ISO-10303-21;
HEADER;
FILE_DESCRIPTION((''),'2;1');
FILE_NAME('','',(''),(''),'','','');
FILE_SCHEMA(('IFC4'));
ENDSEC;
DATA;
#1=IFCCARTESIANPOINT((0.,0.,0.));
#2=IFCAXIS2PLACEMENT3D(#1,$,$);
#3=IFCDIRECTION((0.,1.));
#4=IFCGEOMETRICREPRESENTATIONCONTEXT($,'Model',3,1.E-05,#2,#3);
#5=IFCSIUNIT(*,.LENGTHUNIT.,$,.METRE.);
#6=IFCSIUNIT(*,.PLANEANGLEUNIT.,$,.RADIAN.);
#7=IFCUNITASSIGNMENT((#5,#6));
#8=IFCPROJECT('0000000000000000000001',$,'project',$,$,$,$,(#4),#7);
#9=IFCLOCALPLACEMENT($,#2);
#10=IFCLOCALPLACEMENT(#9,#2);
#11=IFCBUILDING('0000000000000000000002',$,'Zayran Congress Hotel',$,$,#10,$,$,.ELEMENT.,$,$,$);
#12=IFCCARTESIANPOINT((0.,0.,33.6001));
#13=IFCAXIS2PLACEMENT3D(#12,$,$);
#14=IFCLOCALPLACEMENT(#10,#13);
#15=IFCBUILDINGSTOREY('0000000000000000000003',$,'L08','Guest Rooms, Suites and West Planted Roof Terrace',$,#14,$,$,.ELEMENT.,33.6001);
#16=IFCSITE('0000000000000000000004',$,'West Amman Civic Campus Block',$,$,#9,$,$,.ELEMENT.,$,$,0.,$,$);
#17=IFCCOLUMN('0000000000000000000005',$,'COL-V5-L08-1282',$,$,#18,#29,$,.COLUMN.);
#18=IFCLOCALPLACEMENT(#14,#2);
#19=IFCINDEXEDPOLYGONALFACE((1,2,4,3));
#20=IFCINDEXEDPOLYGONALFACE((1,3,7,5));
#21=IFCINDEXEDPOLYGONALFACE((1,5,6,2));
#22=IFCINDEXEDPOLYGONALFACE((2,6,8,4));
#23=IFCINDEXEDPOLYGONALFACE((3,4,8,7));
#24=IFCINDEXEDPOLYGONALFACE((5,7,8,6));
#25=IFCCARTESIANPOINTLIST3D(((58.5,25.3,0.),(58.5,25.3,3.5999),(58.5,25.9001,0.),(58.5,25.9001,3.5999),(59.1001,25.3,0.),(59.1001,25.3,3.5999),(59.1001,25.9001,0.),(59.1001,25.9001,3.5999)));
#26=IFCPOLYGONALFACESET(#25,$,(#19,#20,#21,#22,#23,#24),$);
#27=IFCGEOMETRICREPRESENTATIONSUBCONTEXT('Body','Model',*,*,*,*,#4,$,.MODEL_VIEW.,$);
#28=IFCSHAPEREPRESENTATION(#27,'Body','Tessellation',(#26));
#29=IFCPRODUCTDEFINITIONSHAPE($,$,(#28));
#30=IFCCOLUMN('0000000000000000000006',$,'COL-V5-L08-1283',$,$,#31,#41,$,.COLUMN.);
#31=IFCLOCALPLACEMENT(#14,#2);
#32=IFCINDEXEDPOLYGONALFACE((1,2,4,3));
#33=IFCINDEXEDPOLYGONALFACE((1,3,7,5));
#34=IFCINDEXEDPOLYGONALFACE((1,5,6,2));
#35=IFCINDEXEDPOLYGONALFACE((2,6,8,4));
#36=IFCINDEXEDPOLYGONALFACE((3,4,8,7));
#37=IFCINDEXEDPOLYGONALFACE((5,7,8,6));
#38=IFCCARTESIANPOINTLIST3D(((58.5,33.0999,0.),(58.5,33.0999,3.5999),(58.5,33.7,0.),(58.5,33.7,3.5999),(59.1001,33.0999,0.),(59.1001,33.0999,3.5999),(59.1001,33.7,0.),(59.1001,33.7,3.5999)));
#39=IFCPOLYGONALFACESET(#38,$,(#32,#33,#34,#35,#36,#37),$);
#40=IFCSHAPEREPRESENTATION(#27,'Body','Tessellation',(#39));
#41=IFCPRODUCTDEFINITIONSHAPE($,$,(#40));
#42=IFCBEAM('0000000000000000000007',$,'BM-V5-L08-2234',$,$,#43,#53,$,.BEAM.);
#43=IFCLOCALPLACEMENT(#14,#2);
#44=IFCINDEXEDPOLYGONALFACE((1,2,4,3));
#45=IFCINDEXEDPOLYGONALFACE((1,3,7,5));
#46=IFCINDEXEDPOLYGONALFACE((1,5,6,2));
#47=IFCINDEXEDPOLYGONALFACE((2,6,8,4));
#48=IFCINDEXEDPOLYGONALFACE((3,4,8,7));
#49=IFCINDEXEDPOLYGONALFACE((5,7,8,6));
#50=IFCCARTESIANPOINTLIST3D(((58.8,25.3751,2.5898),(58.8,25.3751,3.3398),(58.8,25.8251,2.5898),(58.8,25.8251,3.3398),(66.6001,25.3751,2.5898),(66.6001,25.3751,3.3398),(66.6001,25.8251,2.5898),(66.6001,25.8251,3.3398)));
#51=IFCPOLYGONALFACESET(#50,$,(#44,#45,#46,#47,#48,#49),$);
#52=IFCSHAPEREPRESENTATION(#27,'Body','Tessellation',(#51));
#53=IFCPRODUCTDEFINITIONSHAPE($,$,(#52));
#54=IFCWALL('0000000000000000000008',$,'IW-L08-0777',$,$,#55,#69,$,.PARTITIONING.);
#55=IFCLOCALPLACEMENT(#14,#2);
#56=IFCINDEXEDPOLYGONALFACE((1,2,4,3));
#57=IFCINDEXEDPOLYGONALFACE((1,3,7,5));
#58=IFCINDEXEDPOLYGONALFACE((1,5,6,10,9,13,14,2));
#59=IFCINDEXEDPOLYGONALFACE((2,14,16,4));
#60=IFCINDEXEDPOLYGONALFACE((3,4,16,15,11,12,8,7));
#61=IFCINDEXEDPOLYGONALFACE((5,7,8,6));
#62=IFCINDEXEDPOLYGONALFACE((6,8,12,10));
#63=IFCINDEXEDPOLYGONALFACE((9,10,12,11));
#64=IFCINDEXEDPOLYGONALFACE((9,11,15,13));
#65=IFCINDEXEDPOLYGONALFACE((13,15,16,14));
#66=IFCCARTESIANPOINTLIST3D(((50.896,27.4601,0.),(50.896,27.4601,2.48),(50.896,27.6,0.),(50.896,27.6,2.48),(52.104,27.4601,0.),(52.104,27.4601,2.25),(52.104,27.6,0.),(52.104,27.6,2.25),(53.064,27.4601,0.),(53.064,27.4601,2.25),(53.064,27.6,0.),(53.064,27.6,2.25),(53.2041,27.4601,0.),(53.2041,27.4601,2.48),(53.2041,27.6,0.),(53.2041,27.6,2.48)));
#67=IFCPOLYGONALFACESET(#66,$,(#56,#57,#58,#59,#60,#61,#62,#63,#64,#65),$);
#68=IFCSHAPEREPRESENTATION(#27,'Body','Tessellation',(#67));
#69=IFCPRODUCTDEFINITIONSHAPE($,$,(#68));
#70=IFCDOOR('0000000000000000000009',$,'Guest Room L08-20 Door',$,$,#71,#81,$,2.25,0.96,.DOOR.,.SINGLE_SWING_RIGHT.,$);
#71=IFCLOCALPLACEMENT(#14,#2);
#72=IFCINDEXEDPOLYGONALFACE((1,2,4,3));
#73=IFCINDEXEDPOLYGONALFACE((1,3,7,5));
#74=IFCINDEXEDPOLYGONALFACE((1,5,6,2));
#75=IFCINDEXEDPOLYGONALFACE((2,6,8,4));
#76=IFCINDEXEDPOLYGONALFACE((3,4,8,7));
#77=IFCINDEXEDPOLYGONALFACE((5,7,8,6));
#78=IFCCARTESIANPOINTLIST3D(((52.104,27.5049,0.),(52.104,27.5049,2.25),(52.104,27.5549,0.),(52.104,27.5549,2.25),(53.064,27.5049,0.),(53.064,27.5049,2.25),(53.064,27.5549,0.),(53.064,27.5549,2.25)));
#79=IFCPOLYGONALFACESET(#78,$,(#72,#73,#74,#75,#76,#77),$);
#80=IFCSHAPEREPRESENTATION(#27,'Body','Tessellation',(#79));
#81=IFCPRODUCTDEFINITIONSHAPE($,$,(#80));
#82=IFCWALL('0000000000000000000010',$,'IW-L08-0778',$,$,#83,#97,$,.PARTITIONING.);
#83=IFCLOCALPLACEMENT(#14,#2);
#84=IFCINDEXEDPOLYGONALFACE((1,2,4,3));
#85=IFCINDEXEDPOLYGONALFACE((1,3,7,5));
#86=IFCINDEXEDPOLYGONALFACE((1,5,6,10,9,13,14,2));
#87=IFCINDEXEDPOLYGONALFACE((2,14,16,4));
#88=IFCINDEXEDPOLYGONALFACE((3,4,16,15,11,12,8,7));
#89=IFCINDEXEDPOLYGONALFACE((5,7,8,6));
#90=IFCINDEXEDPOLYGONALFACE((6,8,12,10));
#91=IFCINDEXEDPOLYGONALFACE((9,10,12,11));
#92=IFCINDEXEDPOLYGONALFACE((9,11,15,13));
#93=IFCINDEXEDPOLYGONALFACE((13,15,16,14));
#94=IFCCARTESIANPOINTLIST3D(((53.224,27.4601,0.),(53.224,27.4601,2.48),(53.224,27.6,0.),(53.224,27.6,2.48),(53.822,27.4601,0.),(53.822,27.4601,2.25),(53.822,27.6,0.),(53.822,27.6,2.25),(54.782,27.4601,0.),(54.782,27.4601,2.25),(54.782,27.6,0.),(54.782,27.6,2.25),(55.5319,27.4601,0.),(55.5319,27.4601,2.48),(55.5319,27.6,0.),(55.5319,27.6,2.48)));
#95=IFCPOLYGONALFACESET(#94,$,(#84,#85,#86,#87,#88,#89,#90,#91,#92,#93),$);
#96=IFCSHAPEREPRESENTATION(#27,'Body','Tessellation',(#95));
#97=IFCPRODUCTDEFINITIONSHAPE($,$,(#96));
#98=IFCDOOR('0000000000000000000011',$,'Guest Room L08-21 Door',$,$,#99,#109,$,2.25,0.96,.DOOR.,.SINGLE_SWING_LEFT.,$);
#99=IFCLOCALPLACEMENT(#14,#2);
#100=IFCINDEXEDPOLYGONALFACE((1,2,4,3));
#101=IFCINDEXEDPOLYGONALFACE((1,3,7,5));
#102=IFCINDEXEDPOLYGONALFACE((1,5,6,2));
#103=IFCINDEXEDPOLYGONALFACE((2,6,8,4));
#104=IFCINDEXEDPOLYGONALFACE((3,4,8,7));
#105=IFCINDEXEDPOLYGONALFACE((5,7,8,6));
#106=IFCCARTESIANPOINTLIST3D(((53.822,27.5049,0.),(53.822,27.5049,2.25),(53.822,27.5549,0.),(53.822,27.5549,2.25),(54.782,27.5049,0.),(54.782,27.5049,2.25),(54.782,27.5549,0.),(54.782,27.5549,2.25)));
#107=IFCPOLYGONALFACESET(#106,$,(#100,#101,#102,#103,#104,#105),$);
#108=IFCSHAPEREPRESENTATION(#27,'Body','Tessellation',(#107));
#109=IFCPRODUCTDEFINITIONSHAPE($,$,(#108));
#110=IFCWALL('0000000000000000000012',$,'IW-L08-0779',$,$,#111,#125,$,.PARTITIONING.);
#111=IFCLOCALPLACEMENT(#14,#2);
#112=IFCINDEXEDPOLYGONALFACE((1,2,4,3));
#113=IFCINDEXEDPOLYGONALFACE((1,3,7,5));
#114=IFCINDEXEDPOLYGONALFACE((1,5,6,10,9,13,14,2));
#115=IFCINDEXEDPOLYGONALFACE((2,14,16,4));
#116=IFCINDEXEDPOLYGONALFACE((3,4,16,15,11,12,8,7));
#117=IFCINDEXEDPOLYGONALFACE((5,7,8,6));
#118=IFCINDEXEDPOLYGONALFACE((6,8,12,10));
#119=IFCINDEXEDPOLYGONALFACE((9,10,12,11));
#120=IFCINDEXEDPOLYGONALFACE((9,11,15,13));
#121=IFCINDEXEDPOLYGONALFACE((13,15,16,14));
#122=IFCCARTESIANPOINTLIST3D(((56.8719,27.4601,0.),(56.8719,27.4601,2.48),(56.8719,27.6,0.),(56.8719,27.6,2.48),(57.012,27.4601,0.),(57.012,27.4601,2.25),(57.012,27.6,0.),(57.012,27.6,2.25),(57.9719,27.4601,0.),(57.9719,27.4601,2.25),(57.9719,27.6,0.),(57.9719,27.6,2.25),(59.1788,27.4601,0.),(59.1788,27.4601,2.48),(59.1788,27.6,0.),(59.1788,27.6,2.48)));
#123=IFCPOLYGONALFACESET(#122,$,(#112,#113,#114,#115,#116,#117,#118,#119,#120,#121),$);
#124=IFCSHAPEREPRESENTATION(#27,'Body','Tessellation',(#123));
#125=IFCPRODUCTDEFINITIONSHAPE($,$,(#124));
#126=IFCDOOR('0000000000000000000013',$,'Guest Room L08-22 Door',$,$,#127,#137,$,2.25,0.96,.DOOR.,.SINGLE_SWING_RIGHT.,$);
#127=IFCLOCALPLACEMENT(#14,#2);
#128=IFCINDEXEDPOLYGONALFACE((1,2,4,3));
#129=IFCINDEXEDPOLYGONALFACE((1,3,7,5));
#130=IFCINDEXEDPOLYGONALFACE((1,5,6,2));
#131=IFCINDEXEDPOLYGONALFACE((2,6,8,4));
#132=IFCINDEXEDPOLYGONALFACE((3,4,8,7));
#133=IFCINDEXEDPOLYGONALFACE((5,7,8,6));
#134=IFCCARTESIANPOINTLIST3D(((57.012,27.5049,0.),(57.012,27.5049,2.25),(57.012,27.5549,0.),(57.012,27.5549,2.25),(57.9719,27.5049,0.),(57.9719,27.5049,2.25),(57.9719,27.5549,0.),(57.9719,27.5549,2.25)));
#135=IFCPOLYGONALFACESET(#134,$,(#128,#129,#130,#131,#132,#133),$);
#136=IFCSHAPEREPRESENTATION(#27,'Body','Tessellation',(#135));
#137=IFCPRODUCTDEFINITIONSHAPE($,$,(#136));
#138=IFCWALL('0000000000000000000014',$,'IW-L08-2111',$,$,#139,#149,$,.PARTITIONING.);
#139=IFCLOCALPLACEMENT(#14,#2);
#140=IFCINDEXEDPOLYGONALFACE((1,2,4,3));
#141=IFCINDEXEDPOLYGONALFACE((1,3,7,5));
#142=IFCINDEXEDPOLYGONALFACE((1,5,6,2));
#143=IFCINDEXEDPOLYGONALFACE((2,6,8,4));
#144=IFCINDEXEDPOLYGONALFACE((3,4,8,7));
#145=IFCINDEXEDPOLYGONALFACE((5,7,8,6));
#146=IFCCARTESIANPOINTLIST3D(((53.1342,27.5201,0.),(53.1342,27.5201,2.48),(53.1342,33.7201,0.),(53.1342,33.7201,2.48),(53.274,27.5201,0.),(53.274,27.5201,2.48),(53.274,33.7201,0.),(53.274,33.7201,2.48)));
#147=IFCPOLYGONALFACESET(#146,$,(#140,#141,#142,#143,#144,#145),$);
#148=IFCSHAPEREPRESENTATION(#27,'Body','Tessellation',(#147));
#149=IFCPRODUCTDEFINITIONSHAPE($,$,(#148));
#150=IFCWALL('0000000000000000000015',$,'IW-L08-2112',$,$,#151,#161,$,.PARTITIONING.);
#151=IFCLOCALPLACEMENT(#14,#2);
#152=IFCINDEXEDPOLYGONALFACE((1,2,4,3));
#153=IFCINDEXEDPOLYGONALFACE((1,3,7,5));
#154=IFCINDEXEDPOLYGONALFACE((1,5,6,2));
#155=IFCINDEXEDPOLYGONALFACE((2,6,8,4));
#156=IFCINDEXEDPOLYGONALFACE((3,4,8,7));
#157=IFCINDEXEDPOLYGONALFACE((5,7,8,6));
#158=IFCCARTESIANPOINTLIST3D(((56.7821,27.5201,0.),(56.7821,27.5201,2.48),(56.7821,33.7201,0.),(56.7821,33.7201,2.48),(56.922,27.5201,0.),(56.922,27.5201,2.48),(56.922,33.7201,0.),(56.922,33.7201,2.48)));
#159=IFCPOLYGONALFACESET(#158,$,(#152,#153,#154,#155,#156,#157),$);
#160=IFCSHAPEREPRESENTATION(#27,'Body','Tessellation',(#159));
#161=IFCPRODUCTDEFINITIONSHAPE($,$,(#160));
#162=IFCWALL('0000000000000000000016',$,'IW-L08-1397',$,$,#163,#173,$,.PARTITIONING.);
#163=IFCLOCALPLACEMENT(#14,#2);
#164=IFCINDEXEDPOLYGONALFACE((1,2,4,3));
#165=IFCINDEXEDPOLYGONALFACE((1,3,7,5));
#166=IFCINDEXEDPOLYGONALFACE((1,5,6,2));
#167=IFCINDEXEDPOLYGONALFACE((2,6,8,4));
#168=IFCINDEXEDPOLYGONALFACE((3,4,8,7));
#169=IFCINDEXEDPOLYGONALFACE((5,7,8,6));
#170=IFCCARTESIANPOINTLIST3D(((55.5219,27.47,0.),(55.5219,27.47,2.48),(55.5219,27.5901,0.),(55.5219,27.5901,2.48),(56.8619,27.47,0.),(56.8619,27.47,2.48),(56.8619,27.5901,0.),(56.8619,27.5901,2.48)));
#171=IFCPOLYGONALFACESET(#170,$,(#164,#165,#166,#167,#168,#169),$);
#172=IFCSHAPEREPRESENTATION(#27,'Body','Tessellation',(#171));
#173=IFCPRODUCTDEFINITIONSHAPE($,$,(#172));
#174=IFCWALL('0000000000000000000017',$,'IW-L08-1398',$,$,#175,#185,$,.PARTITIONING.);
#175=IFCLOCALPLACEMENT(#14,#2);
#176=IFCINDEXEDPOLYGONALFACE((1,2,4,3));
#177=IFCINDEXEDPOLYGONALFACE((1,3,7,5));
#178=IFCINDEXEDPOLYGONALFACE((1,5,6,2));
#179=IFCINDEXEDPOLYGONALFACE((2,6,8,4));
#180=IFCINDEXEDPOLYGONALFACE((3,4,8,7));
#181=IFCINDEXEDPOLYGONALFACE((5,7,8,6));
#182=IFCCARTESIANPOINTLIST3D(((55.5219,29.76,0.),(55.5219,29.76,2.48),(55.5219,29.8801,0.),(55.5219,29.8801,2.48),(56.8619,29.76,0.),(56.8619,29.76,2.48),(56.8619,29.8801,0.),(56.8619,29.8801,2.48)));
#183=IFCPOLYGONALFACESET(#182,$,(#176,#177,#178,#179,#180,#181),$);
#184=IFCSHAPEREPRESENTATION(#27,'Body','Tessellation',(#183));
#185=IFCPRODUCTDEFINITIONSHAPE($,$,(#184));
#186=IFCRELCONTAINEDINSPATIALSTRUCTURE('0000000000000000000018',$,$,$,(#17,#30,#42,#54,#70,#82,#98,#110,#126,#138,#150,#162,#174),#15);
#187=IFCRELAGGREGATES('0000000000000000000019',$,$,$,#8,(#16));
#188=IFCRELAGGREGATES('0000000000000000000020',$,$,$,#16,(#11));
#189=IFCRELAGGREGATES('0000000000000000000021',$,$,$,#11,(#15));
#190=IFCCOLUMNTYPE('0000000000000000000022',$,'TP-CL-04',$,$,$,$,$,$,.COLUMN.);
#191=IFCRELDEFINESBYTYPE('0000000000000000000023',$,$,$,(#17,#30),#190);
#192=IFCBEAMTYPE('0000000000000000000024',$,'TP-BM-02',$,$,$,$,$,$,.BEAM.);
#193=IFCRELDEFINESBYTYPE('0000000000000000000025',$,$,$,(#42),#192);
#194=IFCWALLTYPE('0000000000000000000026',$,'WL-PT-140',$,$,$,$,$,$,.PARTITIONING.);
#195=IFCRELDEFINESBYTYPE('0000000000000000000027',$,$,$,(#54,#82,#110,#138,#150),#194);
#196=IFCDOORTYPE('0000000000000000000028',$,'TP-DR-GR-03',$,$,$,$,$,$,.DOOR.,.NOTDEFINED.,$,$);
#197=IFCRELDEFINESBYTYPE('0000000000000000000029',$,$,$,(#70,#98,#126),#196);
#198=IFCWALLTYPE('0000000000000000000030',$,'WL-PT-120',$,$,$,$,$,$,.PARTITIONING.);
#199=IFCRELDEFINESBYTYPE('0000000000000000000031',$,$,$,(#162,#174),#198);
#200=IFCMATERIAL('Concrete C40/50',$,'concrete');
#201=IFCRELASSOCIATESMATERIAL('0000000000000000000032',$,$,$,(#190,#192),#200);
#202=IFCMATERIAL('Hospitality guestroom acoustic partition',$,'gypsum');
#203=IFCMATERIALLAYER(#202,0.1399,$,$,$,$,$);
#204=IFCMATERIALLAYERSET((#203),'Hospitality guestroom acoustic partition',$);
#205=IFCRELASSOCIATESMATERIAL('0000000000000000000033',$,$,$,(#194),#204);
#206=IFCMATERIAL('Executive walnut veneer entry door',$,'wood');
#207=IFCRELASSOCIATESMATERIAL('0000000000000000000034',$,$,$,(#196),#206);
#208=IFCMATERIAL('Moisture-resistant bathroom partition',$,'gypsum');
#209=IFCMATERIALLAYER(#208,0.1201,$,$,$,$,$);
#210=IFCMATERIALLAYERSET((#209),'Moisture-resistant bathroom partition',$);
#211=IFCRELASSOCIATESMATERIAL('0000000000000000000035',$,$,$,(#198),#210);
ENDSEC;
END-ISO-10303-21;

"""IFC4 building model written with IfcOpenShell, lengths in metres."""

from ifc_helpers import new_model, si_unit, direction, frame, frame_2d, origin, origin_2d, place, context, subcontext, project, spatial, rectangle, extrude, material, layer, layer_set, material_profile, profile_set, type_object, element, fill, save


model = new_model("IFC4")

# Units and contexts
model_context = context("Model", 3, precision=1e-05, world=origin(), true_north=direction((0.0, 1.0)))
body_context = subcontext(model_context, "Body", "Model", "MODEL_VIEW")
ifc_project = project(units=[si_unit("LENGTHUNIT", "METRE"), si_unit("PLANEANGLEUNIT", "RADIAN")], contexts=[model_context])

# Site, building, storey
site_placement = place(None, origin())
site = spatial("IfcSite", under=ifc_project, at=site_placement, Name="West Amman Civic Campus Block", CompositionType="ELEMENT", RefElevation=0.0)
building_placement = place(site_placement, origin())
building = spatial("IfcBuilding", under=site, at=building_placement, Name="Zayran Congress Hotel", CompositionType="ELEMENT")
storey_placement = place(building_placement, frame((0.0, 0.0, 33.6001)))
storey = spatial("IfcBuildingStorey", under=building, at=storey_placement, Name="L08", Description="Guest Rooms, Suites and West Planted Roof Terrace", CompositionType="ELEMENT", Elevation=33.6001)

# Columns
ifc_material_1 = material(Name="Concrete C40/50", Category="concrete")
ifc_material_profile_1 = material_profile(ifc_material_1, rectangle(XDim=0.6001, YDim=0.6001, at=origin_2d()), Name="RC 600x600")
ifc_profile_set_1 = profile_set([ifc_material_profile_1], Name="Concrete C40/50")
column_type = type_object("IfcColumnType", Name="TP-CL-04", PredefinedType="COLUMN", material=ifc_profile_set_1)
for number, where, z_axis, x_axis, name in (
    (1, (58.8, 25.6001, 0.0), (0.0, 0.0, 1.0), (1.0, 0.0, 0.0), "COL-V5-L08-1282"),
    (2, (58.8, 33.3999, 0.0), (0.0, 0.0, 1.0), (1.0, 0.0, 0.0), "COL-V5-L08-1283"),
):
    element("IfcColumn", number, at=place(storey_placement, frame(where, z_axis=z_axis, x_axis=x_axis)), inside=storey, type_object=column_type, Name=name, PredefinedType="COLUMN", context=body_context, shape_type="SweptSolid", body=[
        extrude(rectangle(XDim=0.6001, YDim=0.6001, at=origin_2d()), origin(), (0.0, 0.0, 1.0), 3.5999),
    ])

# Beam
ifc_material_profile_2 = material_profile(ifc_material_1, rectangle(XDim=0.45, YDim=0.75, at=origin_2d()), Name="RC 450x750")
ifc_profile_set_2 = profile_set([ifc_material_profile_2], Name="Concrete C40/50")
beam_type = type_object("IfcBeamType", Name="TP-BM-02", PredefinedType="BEAM", material=ifc_profile_set_2)
beam_placement = place(storey_placement, frame((58.8, 25.6001, 2.9648), z_axis=(1.0, 0.0, 0.0), x_axis=(0.0, 1.0, 0.0)))
element("IfcBeam", 3, at=beam_placement, inside=storey, type_object=beam_type, Name="BM-V5-L08-2234", PredefinedType="BEAM", context=body_context, shape_type="SweptSolid", body=[
    extrude(rectangle(XDim=0.45, YDim=0.75, at=origin_2d()), origin(), (0.0, 0.0, 1.0), 7.8),
])

# Walls, openings, doors
ifc_material_2 = material(Name="Hospitality guestroom acoustic partition", Category="gypsum")
ifc_layer_1 = layer(ifc_material_2, 0.1399)
ifc_layer_set_1 = layer_set([ifc_layer_1], Name="Hospitality guestroom acoustic partition")
wall_type_1 = type_object("IfcWallType", Name="WL-PT-140", PredefinedType="PARTITIONING", material=ifc_layer_set_1)
wall_1_placement = place(storey_placement, frame((50.896, 27.53, 0.0), z_axis=(0.0, 0.0, 1.0), x_axis=(1.0, 0.0, 0.0)))
wall_1 = element("IfcWall", 4, at=wall_1_placement, inside=storey, type_object=wall_type_1, Name="IW-L08-0777", PredefinedType="PARTITIONING", context=body_context, shape_type="SweptSolid", body=[
    extrude(rectangle(XDim=2.3081, YDim=0.1399, at=frame_2d((1.1541, 0.0))), origin(), (0.0, 0.0, 1.0), 2.48),
])
opening_1_placement = place(wall_1_placement, frame((1.208, 0.0, 0.0)))
opening_1 = element("IfcOpeningElement", 5, at=opening_1_placement, cuts=wall_1, PredefinedType="OPENING", context=body_context, shape_type="SweptSolid", body=[
    extrude(rectangle(XDim=0.96, YDim=2.25, at=frame_2d((0.48, 1.125))), frame((0.0, 0.0798, 0.0), z_axis=(0.0, -1.0, 0.0), x_axis=(1.0, 0.0, 0.0)), (0.0, 0.0, 1.0), 0.1599),
])
ifc_material_3 = material(Name="Executive walnut veneer entry door", Category="wood")
door_type_1 = type_object("IfcDoorType", Name="TP-DR-GR-03", OperationType="NOTDEFINED", PredefinedType="DOOR", material=ifc_material_3)
door_1_placement = place(opening_1_placement, origin())
door_1 = element("IfcDoor", 6, at=door_1_placement, inside=storey, type_object=door_type_1, Name="Guest Room L08-20 Door", OperationType="SINGLE_SWING_RIGHT", OverallHeight=2.25, OverallWidth=0.96, PredefinedType="DOOR", context=body_context, shape_type="SweptSolid", body=[
    extrude(rectangle(XDim=0.96, YDim=2.25, at=frame_2d((0.48, 1.125))), frame((0.0, 0.0249, 0.0), z_axis=(0.0, -1.0, 0.0), x_axis=(1.0, 0.0, 0.0)), (0.0, 0.0, 1.0), 0.05),
])
fill(opening_1, door_1)
wall_2_placement = place(storey_placement, frame((53.2241, 27.53, 0.0), z_axis=(0.0, 0.0, 1.0), x_axis=(1.0, 0.0, 0.0)))
wall_2 = element("IfcWall", 7, at=wall_2_placement, inside=storey, type_object=wall_type_1, Name="IW-L08-0778", PredefinedType="PARTITIONING", context=body_context, shape_type="SweptSolid", body=[
    extrude(rectangle(XDim=2.3079, YDim=0.1399, at=frame_2d((1.1538, 0.0))), origin(), (0.0, 0.0, 1.0), 2.48),
])
opening_2_placement = place(wall_2_placement, frame((0.5979, 0.0, 0.0)))
opening_2 = element("IfcOpeningElement", 8, at=opening_2_placement, cuts=wall_2, PredefinedType="OPENING", context=body_context, shape_type="SweptSolid", body=[
    extrude(rectangle(XDim=0.96, YDim=2.25, at=frame_2d((0.48, 1.125))), frame((0.0, 0.0798, 0.0), z_axis=(0.0, -1.0, 0.0), x_axis=(1.0, 0.0, 0.0)), (0.0, 0.0, 1.0), 0.1599),
])
door_2_placement = place(opening_2_placement, origin())
door_2 = element("IfcDoor", 9, at=door_2_placement, inside=storey, type_object=door_type_1, Name="Guest Room L08-21 Door", OperationType="SINGLE_SWING_LEFT", OverallHeight=2.25, OverallWidth=0.96, PredefinedType="DOOR", context=body_context, shape_type="SweptSolid", body=[
    extrude(rectangle(XDim=0.96, YDim=2.25, at=frame_2d((0.48, 1.125))), frame((0.0, 0.0249, 0.0), z_axis=(0.0, -1.0, 0.0), x_axis=(1.0, 0.0, 0.0)), (0.0, 0.0, 1.0), 0.05),
])
fill(opening_2, door_2)
wall_3_placement = place(storey_placement, frame((56.8721, 27.53, 0.0), z_axis=(0.0, 0.0, 1.0), x_axis=(1.0, 0.0, 0.0)))
wall_3 = element("IfcWall", 10, at=wall_3_placement, inside=storey, type_object=wall_type_1, Name="IW-L08-0779", PredefinedType="PARTITIONING", context=body_context, shape_type="SweptSolid", body=[
    extrude(rectangle(XDim=2.3069, YDim=0.1399, at=frame_2d((1.1533, 0.0))), origin(), (0.0, 0.0, 1.0), 2.48),
])
opening_3_placement = place(wall_3_placement, frame((0.1399, 0.0, 0.0)))
opening_3 = element("IfcOpeningElement", 11, at=opening_3_placement, cuts=wall_3, PredefinedType="OPENING", context=body_context, shape_type="SweptSolid", body=[
    extrude(rectangle(XDim=0.96, YDim=2.25, at=frame_2d((0.48, 1.125))), frame((0.0, 0.0798, 0.0), z_axis=(0.0, -1.0, 0.0), x_axis=(1.0, 0.0, 0.0)), (0.0, 0.0, 1.0), 0.1599),
])
door_3_placement = place(opening_3_placement, origin())
door_3 = element("IfcDoor", 12, at=door_3_placement, inside=storey, type_object=door_type_1, Name="Guest Room L08-22 Door", OperationType="SINGLE_SWING_RIGHT", OverallHeight=2.25, OverallWidth=0.96, PredefinedType="DOOR", context=body_context, shape_type="SweptSolid", body=[
    extrude(rectangle(XDim=0.96, YDim=2.25, at=frame_2d((0.48, 1.125))), frame((0.0, 0.0249, 0.0), z_axis=(0.0, -1.0, 0.0), x_axis=(1.0, 0.0, 0.0)), (0.0, 0.0, 1.0), 0.05),
])
fill(opening_3, door_3)

# Walls
for number, where, z_axis, x_axis, name in (
    (13, (53.2041, 27.52, 0.0), (0.0, 0.0, 1.0), (0.0, 1.0, 0.0), "IW-L08-2111"),
    (14, (56.8521, 27.52, 0.0), (0.0, 0.0, 1.0), (0.0, 1.0, 0.0), "IW-L08-2112"),
):
    element("IfcWall", number, at=place(storey_placement, frame(where, z_axis=z_axis, x_axis=x_axis)), inside=storey, type_object=wall_type_1, Name=name, PredefinedType="PARTITIONING", context=body_context, shape_type="SweptSolid", body=[
        extrude(rectangle(XDim=6.2, YDim=0.1399, at=frame_2d((3.1001, 0.0))), origin(), (0.0, 0.0, 1.0), 2.48),
    ])

# Shared definitions
ifc_material_4 = material(Name="Moisture-resistant bathroom partition", Category="gypsum")
ifc_layer_2 = layer(ifc_material_4, 0.1201)
ifc_layer_set_2 = layer_set([ifc_layer_2], Name="Moisture-resistant bathroom partition")
wall_type_2 = type_object("IfcWallType", Name="WL-PT-120", PredefinedType="PARTITIONING", material=ifc_layer_set_2)

# Walls
for number, where, z_axis, x_axis, name in (
    (15, (55.522, 27.53, 0.0), (0.0, 0.0, 1.0), (1.0, 0.0, 0.0), "IW-L08-1397"),
    (16, (55.522, 29.8201, 0.0), (0.0, 0.0, 1.0), (1.0, 0.0, 0.0), "IW-L08-1398"),
):
    element("IfcWall", number, at=place(storey_placement, frame(where, z_axis=z_axis, x_axis=x_axis)), inside=storey, type_object=wall_type_2, Name=name, PredefinedType="PARTITIONING", context=body_context, shape_type="SweptSolid", body=[
        extrude(rectangle(XDim=1.3401, YDim=0.1201, at=frame_2d((0.6699, 0.0))), origin(), (0.0, 0.0, 1.0), 2.48),
    ])

save(model, "model.ifc")
